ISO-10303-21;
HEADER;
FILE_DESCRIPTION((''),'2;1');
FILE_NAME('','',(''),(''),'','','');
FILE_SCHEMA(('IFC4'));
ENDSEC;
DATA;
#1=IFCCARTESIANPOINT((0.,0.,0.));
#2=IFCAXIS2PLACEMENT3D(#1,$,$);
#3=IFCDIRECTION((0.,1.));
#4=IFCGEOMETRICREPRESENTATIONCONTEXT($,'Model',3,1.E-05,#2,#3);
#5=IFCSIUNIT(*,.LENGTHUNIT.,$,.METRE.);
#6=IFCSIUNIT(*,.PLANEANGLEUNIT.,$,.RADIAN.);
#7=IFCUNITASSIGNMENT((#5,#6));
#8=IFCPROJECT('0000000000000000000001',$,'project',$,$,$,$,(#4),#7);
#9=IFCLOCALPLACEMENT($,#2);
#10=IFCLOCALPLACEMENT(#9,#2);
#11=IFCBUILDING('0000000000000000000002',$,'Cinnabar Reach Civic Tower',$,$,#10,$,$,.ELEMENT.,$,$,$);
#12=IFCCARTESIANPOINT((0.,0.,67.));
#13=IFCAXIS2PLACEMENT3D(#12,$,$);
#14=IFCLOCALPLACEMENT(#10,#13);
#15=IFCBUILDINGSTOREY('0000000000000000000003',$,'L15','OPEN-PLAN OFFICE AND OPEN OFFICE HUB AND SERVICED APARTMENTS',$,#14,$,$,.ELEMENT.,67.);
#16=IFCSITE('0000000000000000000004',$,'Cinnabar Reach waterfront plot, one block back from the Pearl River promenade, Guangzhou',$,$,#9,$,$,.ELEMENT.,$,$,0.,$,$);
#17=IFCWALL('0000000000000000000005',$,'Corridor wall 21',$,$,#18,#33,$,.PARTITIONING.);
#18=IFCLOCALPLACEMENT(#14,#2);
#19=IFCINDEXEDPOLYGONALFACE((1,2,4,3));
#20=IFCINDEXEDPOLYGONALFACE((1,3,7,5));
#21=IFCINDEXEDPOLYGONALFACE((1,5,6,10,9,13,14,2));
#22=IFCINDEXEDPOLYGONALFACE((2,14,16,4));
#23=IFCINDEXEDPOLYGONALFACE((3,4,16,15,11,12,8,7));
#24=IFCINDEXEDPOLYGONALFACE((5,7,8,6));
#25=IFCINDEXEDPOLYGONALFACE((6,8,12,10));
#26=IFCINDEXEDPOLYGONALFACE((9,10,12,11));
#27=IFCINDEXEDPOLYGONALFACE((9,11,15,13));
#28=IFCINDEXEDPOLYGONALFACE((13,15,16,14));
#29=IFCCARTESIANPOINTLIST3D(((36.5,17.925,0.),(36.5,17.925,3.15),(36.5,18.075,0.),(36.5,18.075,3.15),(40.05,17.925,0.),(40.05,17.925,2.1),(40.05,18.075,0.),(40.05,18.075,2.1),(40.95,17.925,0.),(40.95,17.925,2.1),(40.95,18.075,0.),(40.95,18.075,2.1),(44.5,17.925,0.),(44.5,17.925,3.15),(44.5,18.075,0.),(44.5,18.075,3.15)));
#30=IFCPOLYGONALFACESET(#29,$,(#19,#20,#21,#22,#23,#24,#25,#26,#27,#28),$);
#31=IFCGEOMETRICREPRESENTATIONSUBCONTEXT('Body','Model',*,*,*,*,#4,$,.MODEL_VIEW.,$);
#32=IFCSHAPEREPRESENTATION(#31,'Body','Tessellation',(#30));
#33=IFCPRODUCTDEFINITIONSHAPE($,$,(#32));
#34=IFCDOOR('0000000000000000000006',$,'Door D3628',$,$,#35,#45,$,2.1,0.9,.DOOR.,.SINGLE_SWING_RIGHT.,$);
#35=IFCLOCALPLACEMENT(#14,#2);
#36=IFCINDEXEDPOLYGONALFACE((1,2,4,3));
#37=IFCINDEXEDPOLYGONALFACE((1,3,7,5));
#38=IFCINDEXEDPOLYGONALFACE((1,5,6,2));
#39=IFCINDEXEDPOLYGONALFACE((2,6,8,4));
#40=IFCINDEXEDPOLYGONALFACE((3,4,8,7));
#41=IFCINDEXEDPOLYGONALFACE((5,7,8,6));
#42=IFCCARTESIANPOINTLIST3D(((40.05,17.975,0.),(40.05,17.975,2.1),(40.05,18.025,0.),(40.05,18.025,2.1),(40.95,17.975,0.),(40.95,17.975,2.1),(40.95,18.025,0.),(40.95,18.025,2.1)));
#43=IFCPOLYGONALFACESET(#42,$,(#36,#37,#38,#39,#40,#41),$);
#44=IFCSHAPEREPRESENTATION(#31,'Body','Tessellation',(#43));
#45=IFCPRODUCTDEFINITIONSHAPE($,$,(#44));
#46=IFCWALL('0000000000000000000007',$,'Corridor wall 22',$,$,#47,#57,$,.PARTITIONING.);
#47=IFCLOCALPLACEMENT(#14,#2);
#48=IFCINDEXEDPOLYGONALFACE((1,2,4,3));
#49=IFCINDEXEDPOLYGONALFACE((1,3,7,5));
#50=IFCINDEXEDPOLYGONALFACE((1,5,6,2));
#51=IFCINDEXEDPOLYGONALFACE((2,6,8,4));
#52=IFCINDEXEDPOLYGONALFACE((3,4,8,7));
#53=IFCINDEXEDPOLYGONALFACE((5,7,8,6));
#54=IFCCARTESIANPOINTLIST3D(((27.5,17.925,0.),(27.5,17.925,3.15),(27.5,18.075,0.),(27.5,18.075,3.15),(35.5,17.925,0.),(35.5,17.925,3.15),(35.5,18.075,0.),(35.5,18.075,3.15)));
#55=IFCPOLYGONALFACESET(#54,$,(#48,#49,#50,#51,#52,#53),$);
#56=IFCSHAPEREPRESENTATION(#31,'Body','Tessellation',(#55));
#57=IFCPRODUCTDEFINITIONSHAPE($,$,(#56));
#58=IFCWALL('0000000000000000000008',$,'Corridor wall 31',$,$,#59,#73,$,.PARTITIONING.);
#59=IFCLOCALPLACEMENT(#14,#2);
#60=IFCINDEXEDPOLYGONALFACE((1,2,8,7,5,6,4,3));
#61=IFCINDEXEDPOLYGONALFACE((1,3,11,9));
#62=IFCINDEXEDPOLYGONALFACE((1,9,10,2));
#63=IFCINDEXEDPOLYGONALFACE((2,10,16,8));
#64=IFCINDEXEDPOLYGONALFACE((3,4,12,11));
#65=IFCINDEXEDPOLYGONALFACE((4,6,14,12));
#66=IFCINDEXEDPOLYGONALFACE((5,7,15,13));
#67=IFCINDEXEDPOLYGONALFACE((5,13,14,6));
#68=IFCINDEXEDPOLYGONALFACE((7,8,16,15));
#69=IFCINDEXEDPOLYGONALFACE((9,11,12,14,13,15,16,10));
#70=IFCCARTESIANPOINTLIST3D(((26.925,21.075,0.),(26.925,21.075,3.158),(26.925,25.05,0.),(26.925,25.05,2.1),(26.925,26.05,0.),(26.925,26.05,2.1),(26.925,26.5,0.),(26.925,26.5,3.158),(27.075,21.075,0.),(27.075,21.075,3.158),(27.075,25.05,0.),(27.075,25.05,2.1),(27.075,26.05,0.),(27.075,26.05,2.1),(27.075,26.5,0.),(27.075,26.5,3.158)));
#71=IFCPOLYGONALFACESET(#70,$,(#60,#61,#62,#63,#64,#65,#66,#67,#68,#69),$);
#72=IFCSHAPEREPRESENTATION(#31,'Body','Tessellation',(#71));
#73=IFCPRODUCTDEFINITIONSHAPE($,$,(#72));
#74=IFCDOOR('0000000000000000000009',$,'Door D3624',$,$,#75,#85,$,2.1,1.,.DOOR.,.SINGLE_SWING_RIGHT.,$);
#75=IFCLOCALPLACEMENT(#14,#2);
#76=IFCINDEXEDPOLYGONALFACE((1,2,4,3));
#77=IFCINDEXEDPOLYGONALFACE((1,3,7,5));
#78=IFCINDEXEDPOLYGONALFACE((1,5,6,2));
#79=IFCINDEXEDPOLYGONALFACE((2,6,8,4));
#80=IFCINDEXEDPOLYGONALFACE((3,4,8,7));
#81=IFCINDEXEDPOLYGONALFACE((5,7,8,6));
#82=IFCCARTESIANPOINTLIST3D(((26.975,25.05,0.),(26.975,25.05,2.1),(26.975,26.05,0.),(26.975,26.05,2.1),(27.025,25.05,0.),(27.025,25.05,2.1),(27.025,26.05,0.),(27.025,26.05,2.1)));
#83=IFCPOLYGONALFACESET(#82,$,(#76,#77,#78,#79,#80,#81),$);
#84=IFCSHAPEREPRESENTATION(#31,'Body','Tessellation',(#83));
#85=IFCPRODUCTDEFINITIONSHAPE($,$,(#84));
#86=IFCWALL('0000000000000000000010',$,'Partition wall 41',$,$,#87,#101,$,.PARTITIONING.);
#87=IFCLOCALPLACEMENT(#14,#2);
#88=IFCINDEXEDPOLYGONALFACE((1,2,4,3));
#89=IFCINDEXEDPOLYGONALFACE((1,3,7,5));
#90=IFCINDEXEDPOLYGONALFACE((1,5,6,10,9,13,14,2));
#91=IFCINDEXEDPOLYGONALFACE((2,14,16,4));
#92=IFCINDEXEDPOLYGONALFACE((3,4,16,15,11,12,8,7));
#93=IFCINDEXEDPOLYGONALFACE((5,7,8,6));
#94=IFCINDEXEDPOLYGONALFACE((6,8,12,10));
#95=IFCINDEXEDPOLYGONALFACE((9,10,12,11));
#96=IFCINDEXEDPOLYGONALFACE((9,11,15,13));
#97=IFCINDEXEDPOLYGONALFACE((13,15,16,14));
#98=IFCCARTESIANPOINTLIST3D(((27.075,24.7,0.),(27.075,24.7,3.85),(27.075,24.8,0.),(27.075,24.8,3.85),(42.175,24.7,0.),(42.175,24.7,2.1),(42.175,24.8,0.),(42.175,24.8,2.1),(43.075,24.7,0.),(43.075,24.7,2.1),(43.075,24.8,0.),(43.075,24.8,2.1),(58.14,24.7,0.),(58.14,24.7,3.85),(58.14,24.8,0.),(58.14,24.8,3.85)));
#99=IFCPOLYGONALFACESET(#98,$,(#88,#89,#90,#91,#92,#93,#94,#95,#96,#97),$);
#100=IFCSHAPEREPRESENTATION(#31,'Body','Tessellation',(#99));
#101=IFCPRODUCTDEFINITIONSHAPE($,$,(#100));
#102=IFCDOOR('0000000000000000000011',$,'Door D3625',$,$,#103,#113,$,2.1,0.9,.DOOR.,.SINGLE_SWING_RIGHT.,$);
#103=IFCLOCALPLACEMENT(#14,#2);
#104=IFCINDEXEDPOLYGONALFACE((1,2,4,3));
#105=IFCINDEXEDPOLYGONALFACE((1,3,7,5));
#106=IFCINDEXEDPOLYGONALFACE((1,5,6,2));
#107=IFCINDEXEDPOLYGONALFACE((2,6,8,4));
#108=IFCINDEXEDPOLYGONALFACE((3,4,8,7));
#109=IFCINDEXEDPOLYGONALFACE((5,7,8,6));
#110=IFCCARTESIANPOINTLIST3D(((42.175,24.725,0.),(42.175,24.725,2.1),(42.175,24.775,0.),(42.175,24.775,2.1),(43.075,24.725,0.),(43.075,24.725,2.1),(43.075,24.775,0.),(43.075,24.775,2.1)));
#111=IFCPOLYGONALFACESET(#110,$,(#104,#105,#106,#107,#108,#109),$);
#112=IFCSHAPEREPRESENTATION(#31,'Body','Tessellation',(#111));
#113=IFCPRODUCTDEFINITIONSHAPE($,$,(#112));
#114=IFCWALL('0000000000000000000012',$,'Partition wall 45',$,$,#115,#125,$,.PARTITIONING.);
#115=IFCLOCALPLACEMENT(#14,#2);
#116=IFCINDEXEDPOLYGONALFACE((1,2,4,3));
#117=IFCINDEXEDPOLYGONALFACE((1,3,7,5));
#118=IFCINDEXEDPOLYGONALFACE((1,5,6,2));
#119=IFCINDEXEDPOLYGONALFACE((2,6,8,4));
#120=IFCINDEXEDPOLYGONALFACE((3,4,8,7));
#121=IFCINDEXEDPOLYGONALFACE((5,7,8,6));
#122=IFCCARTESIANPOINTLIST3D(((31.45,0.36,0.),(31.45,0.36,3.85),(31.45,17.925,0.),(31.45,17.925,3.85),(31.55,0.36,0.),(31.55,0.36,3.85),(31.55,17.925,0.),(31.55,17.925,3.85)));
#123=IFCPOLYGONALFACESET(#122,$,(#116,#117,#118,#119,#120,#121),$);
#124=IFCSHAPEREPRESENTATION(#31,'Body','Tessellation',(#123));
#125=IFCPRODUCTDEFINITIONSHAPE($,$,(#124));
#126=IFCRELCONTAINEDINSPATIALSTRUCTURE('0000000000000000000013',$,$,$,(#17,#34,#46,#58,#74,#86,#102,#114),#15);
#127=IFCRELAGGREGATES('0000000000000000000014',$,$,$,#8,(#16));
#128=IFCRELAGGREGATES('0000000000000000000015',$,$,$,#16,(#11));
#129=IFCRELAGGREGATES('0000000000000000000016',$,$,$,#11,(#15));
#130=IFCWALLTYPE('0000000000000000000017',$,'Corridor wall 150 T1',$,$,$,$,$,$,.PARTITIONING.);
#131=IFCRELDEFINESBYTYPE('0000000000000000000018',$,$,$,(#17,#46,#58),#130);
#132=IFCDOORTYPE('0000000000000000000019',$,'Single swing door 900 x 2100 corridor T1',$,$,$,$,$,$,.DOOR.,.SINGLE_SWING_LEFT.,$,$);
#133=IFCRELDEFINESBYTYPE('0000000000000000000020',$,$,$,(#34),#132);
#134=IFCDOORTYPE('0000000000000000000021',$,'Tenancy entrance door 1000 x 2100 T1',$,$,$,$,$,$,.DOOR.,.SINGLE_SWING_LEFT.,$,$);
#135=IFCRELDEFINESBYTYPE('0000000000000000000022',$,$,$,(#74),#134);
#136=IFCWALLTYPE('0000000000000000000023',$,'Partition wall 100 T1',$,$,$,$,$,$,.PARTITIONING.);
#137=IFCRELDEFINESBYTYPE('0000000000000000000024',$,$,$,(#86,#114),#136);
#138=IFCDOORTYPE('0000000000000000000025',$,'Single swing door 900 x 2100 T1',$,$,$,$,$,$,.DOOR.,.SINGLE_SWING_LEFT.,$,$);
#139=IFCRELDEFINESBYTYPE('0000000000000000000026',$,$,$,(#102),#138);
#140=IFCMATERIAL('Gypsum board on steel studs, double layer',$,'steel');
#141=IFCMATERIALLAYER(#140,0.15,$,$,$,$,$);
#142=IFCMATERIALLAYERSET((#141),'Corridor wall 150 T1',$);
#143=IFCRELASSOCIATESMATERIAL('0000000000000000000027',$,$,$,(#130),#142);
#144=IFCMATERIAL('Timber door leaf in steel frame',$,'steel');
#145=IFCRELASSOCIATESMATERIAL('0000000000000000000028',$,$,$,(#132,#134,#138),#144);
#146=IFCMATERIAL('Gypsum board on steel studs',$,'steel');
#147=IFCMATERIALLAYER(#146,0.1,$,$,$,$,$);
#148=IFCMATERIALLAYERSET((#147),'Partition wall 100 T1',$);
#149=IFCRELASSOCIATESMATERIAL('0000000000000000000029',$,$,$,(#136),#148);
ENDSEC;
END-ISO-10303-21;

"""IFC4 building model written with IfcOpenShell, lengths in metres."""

from ifc_helpers import new_model, si_unit, direction, frame, frame_2d, origin, place, context, subcontext, project, spatial, rectangle, extrude, material, layer, layer_set, type_object, element, fill, save


model = new_model("IFC4")

# Units and contexts
model_context = context("Model", 3, precision=1e-05, world=origin(), true_north=direction((0.0, 1.0)))
body_context = subcontext(model_context, "Body", "Model", "MODEL_VIEW")
ifc_project = project(units=[si_unit("LENGTHUNIT", "METRE"), si_unit("PLANEANGLEUNIT", "RADIAN")], contexts=[model_context])

# Site, building, storey
site_placement = place(None, origin())
site = spatial("IfcSite", under=ifc_project, at=site_placement, Name="Cinnabar Reach waterfront plot, one block back from the Pearl River promenade, Guangzhou", CompositionType="ELEMENT", RefElevation=0.0)
building_placement = place(site_placement, origin())
building = spatial("IfcBuilding", under=site, at=building_placement, Name="Cinnabar Reach Civic Tower", CompositionType="ELEMENT")
storey_placement = place(building_placement, frame((0.0, 0.0, 67.0)))
storey = spatial("IfcBuildingStorey", under=building, at=storey_placement, Name="L15", Description="OPEN-PLAN OFFICE AND OPEN OFFICE HUB AND SERVICED APARTMENTS", CompositionType="ELEMENT", Elevation=67.0)

# Wall, opening, door
ifc_material_1 = material(Name="Gypsum board on steel studs, double layer", Category="steel")
ifc_layer_1 = layer(ifc_material_1, 0.15)
ifc_layer_set_1 = layer_set([ifc_layer_1], Name="Corridor wall 150 T1")
wall_type_1 = type_object("IfcWallType", Name="Corridor wall 150 T1", PredefinedType="PARTITIONING", material=ifc_layer_set_1)
wall_1_placement = place(storey_placement, frame((36.5, 18.0, 0.0), z_axis=(0.0, 0.0, 1.0), x_axis=(1.0, 0.0, 0.0)))
wall_1 = element("IfcWall", 1, at=wall_1_placement, inside=storey, type_object=wall_type_1, Name="Corridor wall 21", PredefinedType="PARTITIONING", context=body_context, shape_type="SweptSolid", body=[
    extrude(rectangle(XDim=8.0, YDim=0.15, at=frame_2d((4.0, 0.0))), origin(), (0.0, 0.0, 1.0), 3.15),
])
opening_1_placement = place(wall_1_placement, frame((3.55, 0.0, 0.0)))
opening_1 = element("IfcOpeningElement", 2, at=opening_1_placement, cuts=wall_1, PredefinedType="OPENING", context=body_context, shape_type="SweptSolid", body=[
    extrude(rectangle(XDim=0.9, YDim=2.1, at=frame_2d((0.45, 1.05))), frame((0.0, 0.085, 0.0), z_axis=(0.0, -1.0, 0.0), x_axis=(1.0, 0.0, 0.0)), (0.0, 0.0, 1.0), 0.17),
])
ifc_material_2 = material(Name="Timber door leaf in steel frame", Category="steel")
door_type_1 = type_object("IfcDoorType", Name="Single swing door 900 x 2100 corridor T1", OperationType="SINGLE_SWING_LEFT", PredefinedType="DOOR", material=ifc_material_2)
door_1_placement = place(opening_1_placement, frame((0.9, 0.0, 0.0), z_axis=(0.0, 0.0, 1.0), x_axis=(-1.0, 0.0, 0.0)))
door_1 = element("IfcDoor", 3, at=door_1_placement, inside=storey, type_object=door_type_1, Name="Door D3628", OperationType="SINGLE_SWING_RIGHT", OverallHeight=2.1, OverallWidth=0.9, PredefinedType="DOOR", context=body_context, shape_type="SweptSolid", body=[
    extrude(rectangle(XDim=0.9, YDim=2.1, at=frame_2d((0.45, 1.05))), frame((0.0, 0.025, 0.0), z_axis=(0.0, -1.0, 0.0), x_axis=(1.0, 0.0, 0.0)), (0.0, 0.0, 1.0), 0.05),
])
fill(opening_1, door_1)

# Wall
wall_2_placement = place(storey_placement, frame((27.5, 18.0, 0.0), z_axis=(0.0, 0.0, 1.0), x_axis=(1.0, 0.0, 0.0)))
element("IfcWall", 4, at=wall_2_placement, inside=storey, type_object=wall_type_1, Name="Corridor wall 22", PredefinedType="PARTITIONING", context=body_context, shape_type="SweptSolid", body=[
    extrude(rectangle(XDim=8.0, YDim=0.15, at=frame_2d((4.0, 0.0))), origin(), (0.0, 0.0, 1.0), 3.15),
])

# Walls, openings, doors
wall_3_placement = place(storey_placement, frame((27.0, 21.075, 0.0), z_axis=(0.0, 0.0, 1.0), x_axis=(0.0, 1.0, 0.0)))
wall_3 = element("IfcWall", 5, at=wall_3_placement, inside=storey, type_object=wall_type_1, Name="Corridor wall 31", PredefinedType="PARTITIONING", context=body_context, shape_type="SweptSolid", body=[
    extrude(rectangle(XDim=5.425, YDim=0.15, at=frame_2d((2.7125, 0.0))), origin(), (0.0, 0.0, 1.0), 3.158),
])
opening_2_placement = place(wall_3_placement, frame((3.975, 0.0, 0.0)))
opening_2 = element("IfcOpeningElement", 6, at=opening_2_placement, cuts=wall_3, PredefinedType="OPENING", context=body_context, shape_type="SweptSolid", body=[
    extrude(rectangle(XDim=1.0, YDim=2.1, at=frame_2d((0.5, 1.05))), frame((0.0, 0.085, 0.0), z_axis=(0.0, -1.0, 0.0), x_axis=(1.0, 0.0, 0.0)), (0.0, 0.0, 1.0), 0.17),
])
door_type_2 = type_object("IfcDoorType", Name="Tenancy entrance door 1000 x 2100 T1", OperationType="SINGLE_SWING_LEFT", PredefinedType="DOOR", material=ifc_material_2)
door_2_placement = place(opening_2_placement, frame((1.0, 0.0, 0.0), z_axis=(0.0, 0.0, 1.0), x_axis=(-1.0, 0.0, 0.0)))
door_2 = element("IfcDoor", 7, at=door_2_placement, inside=storey, type_object=door_type_2, Name="Door D3624", OperationType="SINGLE_SWING_RIGHT", OverallHeight=2.1, OverallWidth=1.0, PredefinedType="DOOR", context=body_context, shape_type="SweptSolid", body=[
    extrude(rectangle(XDim=1.0, YDim=2.1, at=frame_2d((0.5, 1.05))), frame((0.0, 0.025, 0.0), z_axis=(0.0, -1.0, 0.0), x_axis=(1.0, 0.0, 0.0)), (0.0, 0.0, 1.0), 0.05),
])
fill(opening_2, door_2)
ifc_material_3 = material(Name="Gypsum board on steel studs", Category="steel")
ifc_layer_2 = layer(ifc_material_3, 0.1)
ifc_layer_set_2 = layer_set([ifc_layer_2], Name="Partition wall 100 T1")
wall_type_2 = type_object("IfcWallType", Name="Partition wall 100 T1", PredefinedType="PARTITIONING", material=ifc_layer_set_2)
wall_4_placement = place(storey_placement, frame((27.075, 24.75, 0.0), z_axis=(0.0, 0.0, 1.0), x_axis=(1.0, 0.0, 0.0)))
wall_4 = element("IfcWall", 8, at=wall_4_placement, inside=storey, type_object=wall_type_2, Name="Partition wall 41", PredefinedType="PARTITIONING", context=body_context, shape_type="SweptSolid", body=[
    extrude(rectangle(XDim=31.065, YDim=0.1, at=frame_2d((15.5325, 0.0))), origin(), (0.0, 0.0, 1.0), 3.85),
])
opening_3_placement = place(wall_4_placement, frame((15.1, 0.0, 0.0)))
opening_3 = element("IfcOpeningElement", 9, at=opening_3_placement, cuts=wall_4, PredefinedType="OPENING", context=body_context, shape_type="SweptSolid", body=[
    extrude(rectangle(XDim=0.9, YDim=2.1, at=frame_2d((0.45, 1.05))), frame((0.0, 0.06, 0.0), z_axis=(0.0, -1.0, 0.0), x_axis=(1.0, 0.0, 0.0)), (0.0, 0.0, 1.0), 0.12),
])
door_type_3 = type_object("IfcDoorType", Name="Single swing door 900 x 2100 T1", OperationType="SINGLE_SWING_LEFT", PredefinedType="DOOR", material=ifc_material_2)
door_3_placement = place(opening_3_placement, frame((0.9, 0.0, 0.0), z_axis=(0.0, 0.0, 1.0), x_axis=(-1.0, 0.0, 0.0)))
door_3 = element("IfcDoor", 10, at=door_3_placement, inside=storey, type_object=door_type_3, Name="Door D3625", OperationType="SINGLE_SWING_RIGHT", OverallHeight=2.1, OverallWidth=0.9, PredefinedType="DOOR", context=body_context, shape_type="SweptSolid", body=[
    extrude(rectangle(XDim=0.9, YDim=2.1, at=frame_2d((0.45, 1.05))), frame((0.0, 0.025, 0.0), z_axis=(0.0, -1.0, 0.0), x_axis=(1.0, 0.0, 0.0)), (0.0, 0.0, 1.0), 0.05),
])
fill(opening_3, door_3)

# Wall
wall_5_placement = place(storey_placement, frame((31.5, 0.36, 0.0), z_axis=(0.0, 0.0, 1.0), x_axis=(0.0, 1.0, 0.0)))
element("IfcWall", 11, at=wall_5_placement, inside=storey, type_object=wall_type_2, Name="Partition wall 45", PredefinedType="PARTITIONING", context=body_context, shape_type="SweptSolid", body=[
    extrude(rectangle(XDim=17.565, YDim=0.1, at=frame_2d((8.7825, 0.0))), origin(), (0.0, 0.0, 1.0), 3.85),
])

save(model, "model.ifc")
